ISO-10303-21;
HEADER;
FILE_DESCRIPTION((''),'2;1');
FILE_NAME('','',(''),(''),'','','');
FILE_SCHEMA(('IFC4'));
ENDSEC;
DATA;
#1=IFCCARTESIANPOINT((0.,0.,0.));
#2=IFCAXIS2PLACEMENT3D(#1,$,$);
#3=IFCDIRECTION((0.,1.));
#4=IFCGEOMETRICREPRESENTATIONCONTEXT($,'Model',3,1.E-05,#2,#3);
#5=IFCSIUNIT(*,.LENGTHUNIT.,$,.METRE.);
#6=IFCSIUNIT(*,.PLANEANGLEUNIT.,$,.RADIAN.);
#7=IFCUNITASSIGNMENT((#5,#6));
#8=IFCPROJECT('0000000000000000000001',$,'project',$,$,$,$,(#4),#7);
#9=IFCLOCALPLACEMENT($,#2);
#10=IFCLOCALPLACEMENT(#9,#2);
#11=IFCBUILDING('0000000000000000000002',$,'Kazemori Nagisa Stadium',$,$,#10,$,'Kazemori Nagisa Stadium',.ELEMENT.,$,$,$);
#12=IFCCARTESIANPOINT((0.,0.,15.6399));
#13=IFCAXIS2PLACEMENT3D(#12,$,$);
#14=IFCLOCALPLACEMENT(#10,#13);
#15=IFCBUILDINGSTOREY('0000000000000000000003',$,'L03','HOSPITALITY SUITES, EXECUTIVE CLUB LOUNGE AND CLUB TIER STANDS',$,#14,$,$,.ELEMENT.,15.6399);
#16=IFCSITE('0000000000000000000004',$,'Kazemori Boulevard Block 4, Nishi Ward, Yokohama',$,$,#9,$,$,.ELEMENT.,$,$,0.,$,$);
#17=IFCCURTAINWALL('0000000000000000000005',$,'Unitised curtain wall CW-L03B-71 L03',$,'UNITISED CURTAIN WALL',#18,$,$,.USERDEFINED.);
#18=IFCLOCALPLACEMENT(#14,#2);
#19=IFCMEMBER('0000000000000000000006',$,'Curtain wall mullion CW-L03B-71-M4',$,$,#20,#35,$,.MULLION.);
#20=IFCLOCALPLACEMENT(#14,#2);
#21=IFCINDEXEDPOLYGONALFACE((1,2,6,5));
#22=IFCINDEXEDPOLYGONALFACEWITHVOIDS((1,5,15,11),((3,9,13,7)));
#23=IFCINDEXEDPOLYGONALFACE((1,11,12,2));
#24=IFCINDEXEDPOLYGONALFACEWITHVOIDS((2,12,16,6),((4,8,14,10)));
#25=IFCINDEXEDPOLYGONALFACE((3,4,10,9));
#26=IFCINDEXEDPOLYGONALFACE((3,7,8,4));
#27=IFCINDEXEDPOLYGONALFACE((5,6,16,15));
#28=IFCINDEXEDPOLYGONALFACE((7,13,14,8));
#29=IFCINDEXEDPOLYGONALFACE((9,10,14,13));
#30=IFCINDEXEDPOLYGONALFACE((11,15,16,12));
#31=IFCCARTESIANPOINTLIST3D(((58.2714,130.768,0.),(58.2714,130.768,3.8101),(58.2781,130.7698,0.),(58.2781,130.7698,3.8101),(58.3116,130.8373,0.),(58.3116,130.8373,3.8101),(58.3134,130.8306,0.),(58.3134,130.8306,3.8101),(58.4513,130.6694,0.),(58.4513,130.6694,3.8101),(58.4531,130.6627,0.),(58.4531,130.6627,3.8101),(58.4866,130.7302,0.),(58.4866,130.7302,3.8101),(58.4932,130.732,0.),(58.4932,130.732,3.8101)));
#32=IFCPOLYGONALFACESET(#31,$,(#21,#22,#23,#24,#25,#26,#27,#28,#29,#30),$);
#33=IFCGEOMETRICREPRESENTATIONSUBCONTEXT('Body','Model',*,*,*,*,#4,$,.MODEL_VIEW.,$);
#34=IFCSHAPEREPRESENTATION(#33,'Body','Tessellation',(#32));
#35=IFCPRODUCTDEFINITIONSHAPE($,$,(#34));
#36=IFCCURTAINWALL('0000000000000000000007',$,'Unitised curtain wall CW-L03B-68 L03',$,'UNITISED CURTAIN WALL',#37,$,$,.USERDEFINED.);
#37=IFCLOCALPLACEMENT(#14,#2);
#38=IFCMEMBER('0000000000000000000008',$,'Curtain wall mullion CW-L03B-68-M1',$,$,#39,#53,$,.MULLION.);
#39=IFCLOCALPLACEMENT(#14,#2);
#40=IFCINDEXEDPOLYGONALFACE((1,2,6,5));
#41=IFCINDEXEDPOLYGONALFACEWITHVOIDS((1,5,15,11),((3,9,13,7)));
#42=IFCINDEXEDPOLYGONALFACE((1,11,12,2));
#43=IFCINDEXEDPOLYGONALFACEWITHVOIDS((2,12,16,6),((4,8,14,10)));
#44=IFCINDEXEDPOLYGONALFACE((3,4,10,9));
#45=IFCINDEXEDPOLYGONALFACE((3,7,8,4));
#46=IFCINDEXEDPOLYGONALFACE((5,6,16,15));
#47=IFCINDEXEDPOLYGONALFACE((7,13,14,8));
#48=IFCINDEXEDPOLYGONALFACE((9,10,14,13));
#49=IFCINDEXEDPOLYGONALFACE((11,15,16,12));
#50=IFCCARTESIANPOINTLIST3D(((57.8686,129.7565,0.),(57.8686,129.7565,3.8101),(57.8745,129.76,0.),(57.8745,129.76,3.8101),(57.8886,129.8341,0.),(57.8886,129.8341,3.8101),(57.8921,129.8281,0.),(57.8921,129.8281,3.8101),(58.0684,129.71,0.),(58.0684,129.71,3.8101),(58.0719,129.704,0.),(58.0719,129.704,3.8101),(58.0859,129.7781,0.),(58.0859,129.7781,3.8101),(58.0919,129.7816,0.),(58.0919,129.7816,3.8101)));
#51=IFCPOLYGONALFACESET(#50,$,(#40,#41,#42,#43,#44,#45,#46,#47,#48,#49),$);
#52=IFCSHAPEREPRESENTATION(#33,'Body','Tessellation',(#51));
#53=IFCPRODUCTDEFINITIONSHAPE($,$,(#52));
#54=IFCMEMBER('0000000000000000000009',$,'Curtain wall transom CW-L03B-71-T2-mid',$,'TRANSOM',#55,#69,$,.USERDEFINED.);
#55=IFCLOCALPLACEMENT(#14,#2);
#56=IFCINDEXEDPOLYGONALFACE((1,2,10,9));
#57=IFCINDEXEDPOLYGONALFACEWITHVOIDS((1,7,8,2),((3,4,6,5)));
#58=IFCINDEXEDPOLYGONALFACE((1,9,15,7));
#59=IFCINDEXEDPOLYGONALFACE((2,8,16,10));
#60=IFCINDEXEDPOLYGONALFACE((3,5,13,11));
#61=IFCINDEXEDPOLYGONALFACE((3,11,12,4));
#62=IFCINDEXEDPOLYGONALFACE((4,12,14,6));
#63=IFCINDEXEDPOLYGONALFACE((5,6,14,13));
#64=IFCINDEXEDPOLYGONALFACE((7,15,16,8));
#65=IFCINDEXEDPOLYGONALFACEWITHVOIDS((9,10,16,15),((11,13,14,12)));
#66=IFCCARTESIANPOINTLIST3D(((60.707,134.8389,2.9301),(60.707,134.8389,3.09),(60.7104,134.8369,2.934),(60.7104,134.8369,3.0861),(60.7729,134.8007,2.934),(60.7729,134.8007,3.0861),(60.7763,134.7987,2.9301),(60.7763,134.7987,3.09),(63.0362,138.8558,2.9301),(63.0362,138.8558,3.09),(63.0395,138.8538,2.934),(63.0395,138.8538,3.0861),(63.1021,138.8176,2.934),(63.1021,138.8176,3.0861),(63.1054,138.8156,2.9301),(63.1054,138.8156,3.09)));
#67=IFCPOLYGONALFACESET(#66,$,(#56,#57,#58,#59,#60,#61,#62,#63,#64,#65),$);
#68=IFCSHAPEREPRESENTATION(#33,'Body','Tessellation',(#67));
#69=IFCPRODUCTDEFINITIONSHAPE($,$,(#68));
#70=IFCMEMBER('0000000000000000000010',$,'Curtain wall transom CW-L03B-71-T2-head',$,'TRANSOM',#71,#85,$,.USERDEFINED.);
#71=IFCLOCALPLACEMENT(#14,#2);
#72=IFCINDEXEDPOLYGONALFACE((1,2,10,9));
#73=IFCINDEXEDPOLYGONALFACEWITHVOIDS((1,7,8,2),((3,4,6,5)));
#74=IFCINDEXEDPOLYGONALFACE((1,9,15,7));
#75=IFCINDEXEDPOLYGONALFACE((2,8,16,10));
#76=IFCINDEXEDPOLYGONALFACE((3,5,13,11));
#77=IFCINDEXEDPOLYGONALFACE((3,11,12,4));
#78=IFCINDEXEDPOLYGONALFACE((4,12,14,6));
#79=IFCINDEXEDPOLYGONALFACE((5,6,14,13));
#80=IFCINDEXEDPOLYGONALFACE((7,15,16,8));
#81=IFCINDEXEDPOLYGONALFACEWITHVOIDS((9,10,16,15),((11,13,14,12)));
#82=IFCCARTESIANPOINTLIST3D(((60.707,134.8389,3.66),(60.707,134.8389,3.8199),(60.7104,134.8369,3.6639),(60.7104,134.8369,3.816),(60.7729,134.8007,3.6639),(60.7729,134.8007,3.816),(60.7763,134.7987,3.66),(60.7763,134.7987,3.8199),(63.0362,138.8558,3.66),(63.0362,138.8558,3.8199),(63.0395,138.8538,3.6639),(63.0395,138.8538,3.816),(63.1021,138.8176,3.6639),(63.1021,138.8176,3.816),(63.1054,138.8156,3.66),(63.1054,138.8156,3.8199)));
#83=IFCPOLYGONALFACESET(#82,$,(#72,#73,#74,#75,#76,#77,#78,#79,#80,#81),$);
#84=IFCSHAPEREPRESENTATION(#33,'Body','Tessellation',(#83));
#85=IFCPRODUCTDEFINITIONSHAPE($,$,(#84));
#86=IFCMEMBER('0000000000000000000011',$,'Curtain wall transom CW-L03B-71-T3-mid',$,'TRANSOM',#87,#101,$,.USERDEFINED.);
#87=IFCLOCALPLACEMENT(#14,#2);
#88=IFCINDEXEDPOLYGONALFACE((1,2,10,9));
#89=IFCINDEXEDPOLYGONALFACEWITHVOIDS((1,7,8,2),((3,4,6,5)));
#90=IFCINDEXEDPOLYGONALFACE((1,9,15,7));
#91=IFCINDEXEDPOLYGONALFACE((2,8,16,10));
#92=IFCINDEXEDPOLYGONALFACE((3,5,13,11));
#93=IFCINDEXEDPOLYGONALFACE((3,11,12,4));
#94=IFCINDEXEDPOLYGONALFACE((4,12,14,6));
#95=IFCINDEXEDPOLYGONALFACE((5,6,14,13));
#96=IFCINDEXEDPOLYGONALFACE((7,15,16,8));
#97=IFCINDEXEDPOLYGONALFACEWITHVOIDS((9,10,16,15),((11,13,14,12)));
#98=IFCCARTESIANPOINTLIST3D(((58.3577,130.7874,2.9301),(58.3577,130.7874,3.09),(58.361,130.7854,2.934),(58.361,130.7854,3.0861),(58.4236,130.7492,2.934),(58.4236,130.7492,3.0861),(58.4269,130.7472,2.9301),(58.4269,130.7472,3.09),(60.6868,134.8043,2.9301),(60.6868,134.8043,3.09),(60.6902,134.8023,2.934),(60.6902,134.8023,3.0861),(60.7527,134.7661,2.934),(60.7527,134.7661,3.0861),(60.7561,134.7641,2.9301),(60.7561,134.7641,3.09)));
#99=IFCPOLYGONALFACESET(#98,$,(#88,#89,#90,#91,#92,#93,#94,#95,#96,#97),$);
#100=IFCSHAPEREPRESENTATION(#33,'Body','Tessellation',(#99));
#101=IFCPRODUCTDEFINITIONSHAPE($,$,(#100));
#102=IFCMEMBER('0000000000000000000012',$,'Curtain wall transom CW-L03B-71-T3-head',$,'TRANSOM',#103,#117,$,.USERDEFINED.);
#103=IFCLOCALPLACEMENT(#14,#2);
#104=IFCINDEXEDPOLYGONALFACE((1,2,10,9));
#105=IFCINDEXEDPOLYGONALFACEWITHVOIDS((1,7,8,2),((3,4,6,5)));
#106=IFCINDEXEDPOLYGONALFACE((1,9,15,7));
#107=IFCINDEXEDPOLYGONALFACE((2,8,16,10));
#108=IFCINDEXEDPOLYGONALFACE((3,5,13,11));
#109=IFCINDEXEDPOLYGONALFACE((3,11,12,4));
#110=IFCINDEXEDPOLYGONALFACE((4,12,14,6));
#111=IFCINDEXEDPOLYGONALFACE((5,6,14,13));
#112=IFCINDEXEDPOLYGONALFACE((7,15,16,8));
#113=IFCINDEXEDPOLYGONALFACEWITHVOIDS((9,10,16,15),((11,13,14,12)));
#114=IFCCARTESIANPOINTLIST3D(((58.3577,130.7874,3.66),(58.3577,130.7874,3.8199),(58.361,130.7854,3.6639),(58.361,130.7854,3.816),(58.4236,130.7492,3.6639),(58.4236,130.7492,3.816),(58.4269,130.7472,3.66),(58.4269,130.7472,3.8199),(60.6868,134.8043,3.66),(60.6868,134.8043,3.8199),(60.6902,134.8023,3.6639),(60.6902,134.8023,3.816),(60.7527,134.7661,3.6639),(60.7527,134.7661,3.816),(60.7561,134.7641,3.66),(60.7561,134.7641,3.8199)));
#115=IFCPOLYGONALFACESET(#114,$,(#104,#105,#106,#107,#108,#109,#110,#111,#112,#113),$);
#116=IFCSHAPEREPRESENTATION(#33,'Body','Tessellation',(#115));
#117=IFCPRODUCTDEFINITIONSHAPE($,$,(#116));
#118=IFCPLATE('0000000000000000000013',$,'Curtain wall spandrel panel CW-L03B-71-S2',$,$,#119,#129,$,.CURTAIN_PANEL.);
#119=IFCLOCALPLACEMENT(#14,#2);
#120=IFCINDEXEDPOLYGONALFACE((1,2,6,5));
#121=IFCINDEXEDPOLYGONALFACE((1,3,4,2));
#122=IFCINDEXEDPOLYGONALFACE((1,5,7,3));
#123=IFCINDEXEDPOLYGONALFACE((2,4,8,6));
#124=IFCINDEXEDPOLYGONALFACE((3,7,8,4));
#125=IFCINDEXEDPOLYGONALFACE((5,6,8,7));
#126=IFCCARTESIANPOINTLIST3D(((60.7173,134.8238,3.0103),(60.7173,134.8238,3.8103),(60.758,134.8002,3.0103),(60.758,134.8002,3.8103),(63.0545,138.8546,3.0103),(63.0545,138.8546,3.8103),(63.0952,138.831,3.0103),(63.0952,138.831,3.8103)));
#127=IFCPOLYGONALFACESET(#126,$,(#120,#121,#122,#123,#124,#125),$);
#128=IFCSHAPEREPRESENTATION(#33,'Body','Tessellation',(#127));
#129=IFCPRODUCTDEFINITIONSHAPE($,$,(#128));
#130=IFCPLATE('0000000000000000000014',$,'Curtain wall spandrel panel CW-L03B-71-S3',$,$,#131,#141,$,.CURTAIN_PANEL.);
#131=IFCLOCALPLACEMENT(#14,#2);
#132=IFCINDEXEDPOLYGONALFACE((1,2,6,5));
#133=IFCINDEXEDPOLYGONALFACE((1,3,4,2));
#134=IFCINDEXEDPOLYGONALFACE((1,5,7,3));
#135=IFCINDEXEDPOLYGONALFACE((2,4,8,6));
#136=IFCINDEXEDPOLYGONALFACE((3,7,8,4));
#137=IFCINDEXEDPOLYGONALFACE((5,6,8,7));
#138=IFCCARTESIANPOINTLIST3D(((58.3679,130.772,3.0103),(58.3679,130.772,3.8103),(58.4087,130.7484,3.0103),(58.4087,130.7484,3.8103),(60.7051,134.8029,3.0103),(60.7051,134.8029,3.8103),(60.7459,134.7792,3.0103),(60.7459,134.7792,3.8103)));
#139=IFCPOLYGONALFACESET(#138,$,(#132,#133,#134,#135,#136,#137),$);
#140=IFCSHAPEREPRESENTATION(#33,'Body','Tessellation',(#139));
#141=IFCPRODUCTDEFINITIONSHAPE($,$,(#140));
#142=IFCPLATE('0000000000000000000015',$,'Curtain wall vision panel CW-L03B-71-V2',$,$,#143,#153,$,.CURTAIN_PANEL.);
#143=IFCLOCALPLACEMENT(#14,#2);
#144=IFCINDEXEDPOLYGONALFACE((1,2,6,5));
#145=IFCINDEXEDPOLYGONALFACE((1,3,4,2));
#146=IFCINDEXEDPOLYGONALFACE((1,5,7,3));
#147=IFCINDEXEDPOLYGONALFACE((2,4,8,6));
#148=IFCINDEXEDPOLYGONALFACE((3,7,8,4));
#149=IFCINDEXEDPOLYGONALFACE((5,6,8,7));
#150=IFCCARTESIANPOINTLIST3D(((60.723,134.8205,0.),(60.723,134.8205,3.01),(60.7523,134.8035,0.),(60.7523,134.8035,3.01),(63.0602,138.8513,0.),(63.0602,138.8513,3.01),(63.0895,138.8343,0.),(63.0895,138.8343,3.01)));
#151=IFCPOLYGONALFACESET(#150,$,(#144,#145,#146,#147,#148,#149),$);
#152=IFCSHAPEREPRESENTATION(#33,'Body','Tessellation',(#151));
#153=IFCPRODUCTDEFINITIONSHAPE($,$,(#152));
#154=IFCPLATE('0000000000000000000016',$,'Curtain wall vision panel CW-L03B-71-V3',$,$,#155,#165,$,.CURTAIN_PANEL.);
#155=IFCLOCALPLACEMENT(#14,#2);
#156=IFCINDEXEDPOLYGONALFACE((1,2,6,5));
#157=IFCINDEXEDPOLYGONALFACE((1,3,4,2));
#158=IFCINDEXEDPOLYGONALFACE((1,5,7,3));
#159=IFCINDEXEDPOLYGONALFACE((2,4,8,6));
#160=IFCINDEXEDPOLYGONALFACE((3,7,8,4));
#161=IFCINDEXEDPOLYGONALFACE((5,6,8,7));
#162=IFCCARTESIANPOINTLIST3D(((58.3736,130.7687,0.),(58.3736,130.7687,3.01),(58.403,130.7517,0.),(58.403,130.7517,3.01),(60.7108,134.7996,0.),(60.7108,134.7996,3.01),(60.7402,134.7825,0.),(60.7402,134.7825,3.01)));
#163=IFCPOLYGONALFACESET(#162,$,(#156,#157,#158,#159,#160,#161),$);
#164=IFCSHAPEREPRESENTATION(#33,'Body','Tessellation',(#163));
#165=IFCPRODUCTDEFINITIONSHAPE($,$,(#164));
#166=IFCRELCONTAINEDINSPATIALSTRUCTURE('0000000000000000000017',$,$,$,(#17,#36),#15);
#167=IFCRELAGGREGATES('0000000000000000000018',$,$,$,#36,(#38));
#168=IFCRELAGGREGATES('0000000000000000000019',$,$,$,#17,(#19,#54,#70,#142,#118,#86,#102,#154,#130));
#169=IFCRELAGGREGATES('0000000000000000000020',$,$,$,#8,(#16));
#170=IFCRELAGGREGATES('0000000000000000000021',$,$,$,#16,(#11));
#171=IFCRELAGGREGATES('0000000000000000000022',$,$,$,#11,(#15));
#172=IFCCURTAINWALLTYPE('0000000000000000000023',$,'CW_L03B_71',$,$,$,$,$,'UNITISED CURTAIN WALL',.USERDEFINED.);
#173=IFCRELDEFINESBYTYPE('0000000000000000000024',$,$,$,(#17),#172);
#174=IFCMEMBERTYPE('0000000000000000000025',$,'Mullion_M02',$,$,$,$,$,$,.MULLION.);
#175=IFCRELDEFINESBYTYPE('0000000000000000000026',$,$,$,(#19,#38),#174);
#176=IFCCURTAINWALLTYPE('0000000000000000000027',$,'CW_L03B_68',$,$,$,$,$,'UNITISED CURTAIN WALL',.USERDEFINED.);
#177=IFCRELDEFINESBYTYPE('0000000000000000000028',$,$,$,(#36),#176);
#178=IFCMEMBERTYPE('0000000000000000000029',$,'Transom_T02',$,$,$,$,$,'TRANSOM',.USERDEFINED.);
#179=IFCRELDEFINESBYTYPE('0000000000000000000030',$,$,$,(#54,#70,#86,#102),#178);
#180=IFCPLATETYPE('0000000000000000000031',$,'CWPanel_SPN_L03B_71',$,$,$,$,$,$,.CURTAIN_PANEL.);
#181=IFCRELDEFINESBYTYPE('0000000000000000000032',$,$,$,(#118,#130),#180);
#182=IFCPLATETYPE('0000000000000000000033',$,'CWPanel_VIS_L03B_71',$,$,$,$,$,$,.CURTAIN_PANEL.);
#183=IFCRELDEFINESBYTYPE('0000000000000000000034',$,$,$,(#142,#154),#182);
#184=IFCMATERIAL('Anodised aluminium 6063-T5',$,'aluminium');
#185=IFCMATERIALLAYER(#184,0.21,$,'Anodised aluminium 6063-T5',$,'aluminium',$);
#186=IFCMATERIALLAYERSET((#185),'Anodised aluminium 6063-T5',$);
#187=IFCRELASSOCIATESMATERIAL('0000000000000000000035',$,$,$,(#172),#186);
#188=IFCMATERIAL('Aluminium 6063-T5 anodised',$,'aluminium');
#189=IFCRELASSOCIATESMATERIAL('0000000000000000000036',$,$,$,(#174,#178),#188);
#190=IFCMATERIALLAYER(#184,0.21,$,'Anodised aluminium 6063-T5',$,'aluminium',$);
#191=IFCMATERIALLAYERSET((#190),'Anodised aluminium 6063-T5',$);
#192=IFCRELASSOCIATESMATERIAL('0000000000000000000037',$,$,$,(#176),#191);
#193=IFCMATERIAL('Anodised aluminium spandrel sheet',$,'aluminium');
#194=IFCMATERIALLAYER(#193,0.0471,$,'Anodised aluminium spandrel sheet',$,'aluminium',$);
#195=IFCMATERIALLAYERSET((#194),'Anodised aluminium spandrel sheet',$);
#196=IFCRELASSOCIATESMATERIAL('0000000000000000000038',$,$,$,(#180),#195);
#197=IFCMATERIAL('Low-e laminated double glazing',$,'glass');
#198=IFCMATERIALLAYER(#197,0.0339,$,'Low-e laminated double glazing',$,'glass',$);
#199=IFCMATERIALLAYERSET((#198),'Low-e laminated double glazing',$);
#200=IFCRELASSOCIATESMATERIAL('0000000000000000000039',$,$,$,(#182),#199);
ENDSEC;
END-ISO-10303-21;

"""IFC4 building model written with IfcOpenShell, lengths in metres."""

from ifc_helpers import new_model, si_unit, direction, frame, origin, origin_2d, place, context, subcontext, project, spatial, rectangle, hollow_rectangle, extrude, material, layer, layer_set, material_profile, profile_set, type_object, element, aggregate, save


model = new_model("IFC4")

# Units and contexts
model_context = context("Model", 3, precision=1e-05, world=origin(), true_north=direction((0.0, 1.0)))
body_context = subcontext(model_context, "Body", "Model", "MODEL_VIEW")
ifc_project = project(units=[si_unit("LENGTHUNIT", "METRE"), si_unit("PLANEANGLEUNIT", "RADIAN")], contexts=[model_context])

# Site, building, storey
site_placement = place(None, origin())
site = spatial("IfcSite", under=ifc_project, at=site_placement, Name="Kazemori Boulevard Block 4, Nishi Ward, Yokohama", CompositionType="ELEMENT", RefElevation=0.0)
building_placement = place(site_placement, origin())
building = spatial("IfcBuilding", under=site, at=building_placement, Name="Kazemori Nagisa Stadium", LongName="Kazemori Nagisa Stadium", CompositionType="ELEMENT")
storey_placement = place(building_placement, frame((0.0, 0.0, 15.6399)))
storey = spatial("IfcBuildingStorey", under=building, at=storey_placement, Name="L03", Description="HOSPITALITY SUITES, EXECUTIVE CLUB LOUNGE AND CLUB TIER STANDS", CompositionType="ELEMENT", Elevation=15.6399)

# Curtain wall, member
ifc_material_1 = material(Name="Anodised aluminium 6063-T5", Category="aluminium")
ifc_layer_1 = layer(ifc_material_1, 0.21, Name="Anodised aluminium 6063-T5", Category="aluminium")
ifc_layer_set_1 = layer_set([ifc_layer_1], Name="Anodised aluminium 6063-T5")
curtain_wall_type_1 = type_object("IfcCurtainWallType", Name="CW_L03B_71", ElementType="UNITISED CURTAIN WALL", PredefinedType="USERDEFINED", material=ifc_layer_set_1)
curtain_wall_1_placement = place(storey_placement, origin())
curtain_wall_1 = element("IfcCurtainWall", 1, at=curtain_wall_1_placement, inside=storey, type_object=curtain_wall_type_1, Name="Unitised curtain wall CW-L03B-71 L03", ObjectType="UNITISED CURTAIN WALL", PredefinedType="USERDEFINED")
ifc_material_2 = material(Name="Aluminium 6063-T5 anodised", Category="aluminium")
ifc_material_profile_1 = material_profile(ifc_material_2, hollow_rectangle(XDim=0.0801, YDim=0.21, WallThickness=0.0049, at=origin_2d()), Name="ALU-MULL-80x210x5")
ifc_profile_set_1 = profile_set([ifc_material_profile_1], Name="Aluminium 6063-T5 anodised")
member_type_1 = type_object("IfcMemberType", Name="Mullion_M02", PredefinedType="MULLION", material=ifc_profile_set_1)
member_1_placement = place(storey_placement, frame((58.3823, 130.75, 0.0), z_axis=(0.0, 0.0, 1.0), x_axis=(-0.501612, -0.865093, 0.0)))
member_1 = element("IfcMember", 2, at=member_1_placement, type_object=member_type_1, Name="Curtain wall mullion CW-L03B-71-M4", PredefinedType="MULLION", context=body_context, shape_type="SweptSolid", body=[
    extrude(hollow_rectangle(XDim=0.0801, YDim=0.21, WallThickness=0.0049, at=origin_2d()), origin(), (0.0, 0.0, 1.0), 3.8101),
])

# Curtain wall, member
ifc_layer_2 = layer(ifc_material_1, 0.21, Name="Anodised aluminium 6063-T5", Category="aluminium")
ifc_layer_set_2 = layer_set([ifc_layer_2], Name="Anodised aluminium 6063-T5")
curtain_wall_type_2 = type_object("IfcCurtainWallType", Name="CW_L03B_68", ElementType="UNITISED CURTAIN WALL", PredefinedType="USERDEFINED", material=ifc_layer_set_2)
curtain_wall_2_placement = place(storey_placement, origin())
curtain_wall_2 = element("IfcCurtainWall", 3, at=curtain_wall_2_placement, inside=storey, type_object=curtain_wall_type_2, Name="Unitised curtain wall CW-L03B-68 L03", ObjectType="UNITISED CURTAIN WALL", PredefinedType="USERDEFINED")
member_2_placement = place(storey_placement, frame((57.9802, 129.769, 0.0), z_axis=(0.0, 0.0, 1.0), x_axis=(-0.249965, -0.968255, 0.0)))
member_2 = element("IfcMember", 4, at=member_2_placement, type_object=member_type_1, Name="Curtain wall mullion CW-L03B-68-M1", PredefinedType="MULLION", context=body_context, shape_type="SweptSolid", body=[
    extrude(hollow_rectangle(XDim=0.0801, YDim=0.21, WallThickness=0.0049, at=origin_2d()), origin(), (0.0, 0.0, 1.0), 3.8101),
])
aggregate(curtain_wall_2, [member_2])

# Members
ifc_material_profile_2 = material_profile(ifc_material_2, hollow_rectangle(XDim=0.0801, YDim=0.1599, WallThickness=0.0039, at=origin_2d()), Name="ALU-TRAN-80x160x4")
ifc_profile_set_2 = profile_set([ifc_material_profile_2], Name="Aluminium 6063-T5 anodised")
member_type_2 = type_object("IfcMemberType", Name="Transom_T02", ElementType="TRANSOM", PredefinedType="USERDEFINED", material=ifc_profile_set_2)
member_3_placement = place(storey_placement, frame((63.0708, 138.8357, 3.01), z_axis=(-0.50161, -0.865094, 0.0), x_axis=(0.865094, -0.50161, 0.0)))
member_3 = element("IfcMember", 5, at=member_3_placement, type_object=member_type_2, Name="Curtain wall transom CW-L03B-71-T2-mid", ObjectType="TRANSOM", PredefinedType="USERDEFINED", context=body_context, shape_type="SweptSolid", body=[
    extrude(hollow_rectangle(XDim=0.0801, YDim=0.1599, WallThickness=0.0039, at=origin_2d()), origin(), (0.0, 0.0, 1.0), 4.6433),
])
member_4_placement = place(storey_placement, frame((63.0708, 138.8357, 3.74), z_axis=(-0.50161, -0.865094, 0.0), x_axis=(0.865094, -0.50161, 0.0)))
member_4 = element("IfcMember", 6, at=member_4_placement, type_object=member_type_2, Name="Curtain wall transom CW-L03B-71-T2-head", ObjectType="TRANSOM", PredefinedType="USERDEFINED", context=body_context, shape_type="SweptSolid", body=[
    extrude(hollow_rectangle(XDim=0.0801, YDim=0.1599, WallThickness=0.0039, at=origin_2d()), origin(), (0.0, 0.0, 1.0), 4.6433),
])
member_5_placement = place(storey_placement, frame((60.7214, 134.7842, 3.01), z_axis=(-0.50161, -0.865094, 0.0), x_axis=(0.865094, -0.50161, 0.0)))
member_5 = element("IfcMember", 7, at=member_5_placement, type_object=member_type_2, Name="Curtain wall transom CW-L03B-71-T3-mid", ObjectType="TRANSOM", PredefinedType="USERDEFINED", context=body_context, shape_type="SweptSolid", body=[
    extrude(hollow_rectangle(XDim=0.0801, YDim=0.1599, WallThickness=0.0039, at=origin_2d()), origin(), (0.0, 0.0, 1.0), 4.6433),
])
member_6_placement = place(storey_placement, frame((60.7214, 134.7842, 3.74), z_axis=(-0.50161, -0.865094, 0.0), x_axis=(0.865094, -0.50161, 0.0)))
member_6 = element("IfcMember", 8, at=member_6_placement, type_object=member_type_2, Name="Curtain wall transom CW-L03B-71-T3-head", ObjectType="TRANSOM", PredefinedType="USERDEFINED", context=body_context, shape_type="SweptSolid", body=[
    extrude(hollow_rectangle(XDim=0.0801, YDim=0.1599, WallThickness=0.0039, at=origin_2d()), origin(), (0.0, 0.0, 1.0), 4.6433),
])

# Plates
ifc_material_3 = material(Name="Anodised aluminium spandrel sheet", Category="aluminium")
ifc_layer_3 = layer(ifc_material_3, 0.0471, Name="Anodised aluminium spandrel sheet", Category="aluminium")
ifc_layer_set_3 = layer_set([ifc_layer_3], Name="Anodised aluminium spandrel sheet")
plate_type_1 = type_object("IfcPlateType", Name="CWPanel_SPN_L03B_71", PredefinedType="CURTAIN_PANEL", material=ifc_layer_set_3)
plate_1_placement = place(storey_placement, frame((61.9062, 136.8274, 3.0103), z_axis=(0.0, 0.0, 1.0), x_axis=(-0.501612, -0.865093, 0.0)))
plate_1 = element("IfcPlate", 9, at=plate_1_placement, type_object=plate_type_1, Name="Curtain wall spandrel panel CW-L03B-71-S2", PredefinedType="CURTAIN_PANEL", context=body_context, shape_type="SweptSolid", body=[
    extrude(rectangle(XDim=4.6594, YDim=0.0471, at=origin_2d()), origin(), (0.0, 0.0, 1.0), 0.8),
])
plate_2_placement = place(storey_placement, frame((59.5569, 132.7756, 3.0103), z_axis=(0.0, 0.0, 1.0), x_axis=(-0.501612, -0.865093, 0.0)))
plate_2 = element("IfcPlate", 10, at=plate_2_placement, type_object=plate_type_1, Name="Curtain wall spandrel panel CW-L03B-71-S3", PredefinedType="CURTAIN_PANEL", context=body_context, shape_type="SweptSolid", body=[
    extrude(rectangle(XDim=4.6594, YDim=0.0471, at=origin_2d()), origin(), (0.0, 0.0, 1.0), 0.8),
])
ifc_material_4 = material(Name="Low-e laminated double glazing", Category="glass")
ifc_layer_4 = layer(ifc_material_4, 0.0339, Name="Low-e laminated double glazing", Category="glass")
ifc_layer_set_4 = layer_set([ifc_layer_4], Name="Low-e laminated double glazing")
plate_type_2 = type_object("IfcPlateType", Name="CWPanel_VIS_L03B_71", PredefinedType="CURTAIN_PANEL", material=ifc_layer_set_4)
plate_3_placement = place(storey_placement, frame((61.9062, 136.8274, 0.0), z_axis=(0.0, 0.0, 1.0), x_axis=(-0.501612, -0.865093, 0.0)))
plate_3 = element("IfcPlate", 11, at=plate_3_placement, type_object=plate_type_2, Name="Curtain wall vision panel CW-L03B-71-V2", PredefinedType="CURTAIN_PANEL", context=body_context, shape_type="SweptSolid", body=[
    extrude(rectangle(XDim=4.6594, YDim=0.0339, at=origin_2d()), origin(), (0.0, 0.0, 1.0), 3.01),
])
plate_4_placement = place(storey_placement, frame((59.5569, 132.7756, 0.0), z_axis=(0.0, 0.0, 1.0), x_axis=(-0.501612, -0.865093, 0.0)))
plate_4 = element("IfcPlate", 12, at=plate_4_placement, type_object=plate_type_2, Name="Curtain wall vision panel CW-L03B-71-V3", PredefinedType="CURTAIN_PANEL", context=body_context, shape_type="SweptSolid", body=[
    extrude(rectangle(XDim=4.6594, YDim=0.0339, at=origin_2d()), origin(), (0.0, 0.0, 1.0), 3.01),
])
aggregate(curtain_wall_1, [member_1, member_3, member_4, plate_3, plate_1, member_5, member_6, plate_4, plate_2])

save(model, "model.ifc")
